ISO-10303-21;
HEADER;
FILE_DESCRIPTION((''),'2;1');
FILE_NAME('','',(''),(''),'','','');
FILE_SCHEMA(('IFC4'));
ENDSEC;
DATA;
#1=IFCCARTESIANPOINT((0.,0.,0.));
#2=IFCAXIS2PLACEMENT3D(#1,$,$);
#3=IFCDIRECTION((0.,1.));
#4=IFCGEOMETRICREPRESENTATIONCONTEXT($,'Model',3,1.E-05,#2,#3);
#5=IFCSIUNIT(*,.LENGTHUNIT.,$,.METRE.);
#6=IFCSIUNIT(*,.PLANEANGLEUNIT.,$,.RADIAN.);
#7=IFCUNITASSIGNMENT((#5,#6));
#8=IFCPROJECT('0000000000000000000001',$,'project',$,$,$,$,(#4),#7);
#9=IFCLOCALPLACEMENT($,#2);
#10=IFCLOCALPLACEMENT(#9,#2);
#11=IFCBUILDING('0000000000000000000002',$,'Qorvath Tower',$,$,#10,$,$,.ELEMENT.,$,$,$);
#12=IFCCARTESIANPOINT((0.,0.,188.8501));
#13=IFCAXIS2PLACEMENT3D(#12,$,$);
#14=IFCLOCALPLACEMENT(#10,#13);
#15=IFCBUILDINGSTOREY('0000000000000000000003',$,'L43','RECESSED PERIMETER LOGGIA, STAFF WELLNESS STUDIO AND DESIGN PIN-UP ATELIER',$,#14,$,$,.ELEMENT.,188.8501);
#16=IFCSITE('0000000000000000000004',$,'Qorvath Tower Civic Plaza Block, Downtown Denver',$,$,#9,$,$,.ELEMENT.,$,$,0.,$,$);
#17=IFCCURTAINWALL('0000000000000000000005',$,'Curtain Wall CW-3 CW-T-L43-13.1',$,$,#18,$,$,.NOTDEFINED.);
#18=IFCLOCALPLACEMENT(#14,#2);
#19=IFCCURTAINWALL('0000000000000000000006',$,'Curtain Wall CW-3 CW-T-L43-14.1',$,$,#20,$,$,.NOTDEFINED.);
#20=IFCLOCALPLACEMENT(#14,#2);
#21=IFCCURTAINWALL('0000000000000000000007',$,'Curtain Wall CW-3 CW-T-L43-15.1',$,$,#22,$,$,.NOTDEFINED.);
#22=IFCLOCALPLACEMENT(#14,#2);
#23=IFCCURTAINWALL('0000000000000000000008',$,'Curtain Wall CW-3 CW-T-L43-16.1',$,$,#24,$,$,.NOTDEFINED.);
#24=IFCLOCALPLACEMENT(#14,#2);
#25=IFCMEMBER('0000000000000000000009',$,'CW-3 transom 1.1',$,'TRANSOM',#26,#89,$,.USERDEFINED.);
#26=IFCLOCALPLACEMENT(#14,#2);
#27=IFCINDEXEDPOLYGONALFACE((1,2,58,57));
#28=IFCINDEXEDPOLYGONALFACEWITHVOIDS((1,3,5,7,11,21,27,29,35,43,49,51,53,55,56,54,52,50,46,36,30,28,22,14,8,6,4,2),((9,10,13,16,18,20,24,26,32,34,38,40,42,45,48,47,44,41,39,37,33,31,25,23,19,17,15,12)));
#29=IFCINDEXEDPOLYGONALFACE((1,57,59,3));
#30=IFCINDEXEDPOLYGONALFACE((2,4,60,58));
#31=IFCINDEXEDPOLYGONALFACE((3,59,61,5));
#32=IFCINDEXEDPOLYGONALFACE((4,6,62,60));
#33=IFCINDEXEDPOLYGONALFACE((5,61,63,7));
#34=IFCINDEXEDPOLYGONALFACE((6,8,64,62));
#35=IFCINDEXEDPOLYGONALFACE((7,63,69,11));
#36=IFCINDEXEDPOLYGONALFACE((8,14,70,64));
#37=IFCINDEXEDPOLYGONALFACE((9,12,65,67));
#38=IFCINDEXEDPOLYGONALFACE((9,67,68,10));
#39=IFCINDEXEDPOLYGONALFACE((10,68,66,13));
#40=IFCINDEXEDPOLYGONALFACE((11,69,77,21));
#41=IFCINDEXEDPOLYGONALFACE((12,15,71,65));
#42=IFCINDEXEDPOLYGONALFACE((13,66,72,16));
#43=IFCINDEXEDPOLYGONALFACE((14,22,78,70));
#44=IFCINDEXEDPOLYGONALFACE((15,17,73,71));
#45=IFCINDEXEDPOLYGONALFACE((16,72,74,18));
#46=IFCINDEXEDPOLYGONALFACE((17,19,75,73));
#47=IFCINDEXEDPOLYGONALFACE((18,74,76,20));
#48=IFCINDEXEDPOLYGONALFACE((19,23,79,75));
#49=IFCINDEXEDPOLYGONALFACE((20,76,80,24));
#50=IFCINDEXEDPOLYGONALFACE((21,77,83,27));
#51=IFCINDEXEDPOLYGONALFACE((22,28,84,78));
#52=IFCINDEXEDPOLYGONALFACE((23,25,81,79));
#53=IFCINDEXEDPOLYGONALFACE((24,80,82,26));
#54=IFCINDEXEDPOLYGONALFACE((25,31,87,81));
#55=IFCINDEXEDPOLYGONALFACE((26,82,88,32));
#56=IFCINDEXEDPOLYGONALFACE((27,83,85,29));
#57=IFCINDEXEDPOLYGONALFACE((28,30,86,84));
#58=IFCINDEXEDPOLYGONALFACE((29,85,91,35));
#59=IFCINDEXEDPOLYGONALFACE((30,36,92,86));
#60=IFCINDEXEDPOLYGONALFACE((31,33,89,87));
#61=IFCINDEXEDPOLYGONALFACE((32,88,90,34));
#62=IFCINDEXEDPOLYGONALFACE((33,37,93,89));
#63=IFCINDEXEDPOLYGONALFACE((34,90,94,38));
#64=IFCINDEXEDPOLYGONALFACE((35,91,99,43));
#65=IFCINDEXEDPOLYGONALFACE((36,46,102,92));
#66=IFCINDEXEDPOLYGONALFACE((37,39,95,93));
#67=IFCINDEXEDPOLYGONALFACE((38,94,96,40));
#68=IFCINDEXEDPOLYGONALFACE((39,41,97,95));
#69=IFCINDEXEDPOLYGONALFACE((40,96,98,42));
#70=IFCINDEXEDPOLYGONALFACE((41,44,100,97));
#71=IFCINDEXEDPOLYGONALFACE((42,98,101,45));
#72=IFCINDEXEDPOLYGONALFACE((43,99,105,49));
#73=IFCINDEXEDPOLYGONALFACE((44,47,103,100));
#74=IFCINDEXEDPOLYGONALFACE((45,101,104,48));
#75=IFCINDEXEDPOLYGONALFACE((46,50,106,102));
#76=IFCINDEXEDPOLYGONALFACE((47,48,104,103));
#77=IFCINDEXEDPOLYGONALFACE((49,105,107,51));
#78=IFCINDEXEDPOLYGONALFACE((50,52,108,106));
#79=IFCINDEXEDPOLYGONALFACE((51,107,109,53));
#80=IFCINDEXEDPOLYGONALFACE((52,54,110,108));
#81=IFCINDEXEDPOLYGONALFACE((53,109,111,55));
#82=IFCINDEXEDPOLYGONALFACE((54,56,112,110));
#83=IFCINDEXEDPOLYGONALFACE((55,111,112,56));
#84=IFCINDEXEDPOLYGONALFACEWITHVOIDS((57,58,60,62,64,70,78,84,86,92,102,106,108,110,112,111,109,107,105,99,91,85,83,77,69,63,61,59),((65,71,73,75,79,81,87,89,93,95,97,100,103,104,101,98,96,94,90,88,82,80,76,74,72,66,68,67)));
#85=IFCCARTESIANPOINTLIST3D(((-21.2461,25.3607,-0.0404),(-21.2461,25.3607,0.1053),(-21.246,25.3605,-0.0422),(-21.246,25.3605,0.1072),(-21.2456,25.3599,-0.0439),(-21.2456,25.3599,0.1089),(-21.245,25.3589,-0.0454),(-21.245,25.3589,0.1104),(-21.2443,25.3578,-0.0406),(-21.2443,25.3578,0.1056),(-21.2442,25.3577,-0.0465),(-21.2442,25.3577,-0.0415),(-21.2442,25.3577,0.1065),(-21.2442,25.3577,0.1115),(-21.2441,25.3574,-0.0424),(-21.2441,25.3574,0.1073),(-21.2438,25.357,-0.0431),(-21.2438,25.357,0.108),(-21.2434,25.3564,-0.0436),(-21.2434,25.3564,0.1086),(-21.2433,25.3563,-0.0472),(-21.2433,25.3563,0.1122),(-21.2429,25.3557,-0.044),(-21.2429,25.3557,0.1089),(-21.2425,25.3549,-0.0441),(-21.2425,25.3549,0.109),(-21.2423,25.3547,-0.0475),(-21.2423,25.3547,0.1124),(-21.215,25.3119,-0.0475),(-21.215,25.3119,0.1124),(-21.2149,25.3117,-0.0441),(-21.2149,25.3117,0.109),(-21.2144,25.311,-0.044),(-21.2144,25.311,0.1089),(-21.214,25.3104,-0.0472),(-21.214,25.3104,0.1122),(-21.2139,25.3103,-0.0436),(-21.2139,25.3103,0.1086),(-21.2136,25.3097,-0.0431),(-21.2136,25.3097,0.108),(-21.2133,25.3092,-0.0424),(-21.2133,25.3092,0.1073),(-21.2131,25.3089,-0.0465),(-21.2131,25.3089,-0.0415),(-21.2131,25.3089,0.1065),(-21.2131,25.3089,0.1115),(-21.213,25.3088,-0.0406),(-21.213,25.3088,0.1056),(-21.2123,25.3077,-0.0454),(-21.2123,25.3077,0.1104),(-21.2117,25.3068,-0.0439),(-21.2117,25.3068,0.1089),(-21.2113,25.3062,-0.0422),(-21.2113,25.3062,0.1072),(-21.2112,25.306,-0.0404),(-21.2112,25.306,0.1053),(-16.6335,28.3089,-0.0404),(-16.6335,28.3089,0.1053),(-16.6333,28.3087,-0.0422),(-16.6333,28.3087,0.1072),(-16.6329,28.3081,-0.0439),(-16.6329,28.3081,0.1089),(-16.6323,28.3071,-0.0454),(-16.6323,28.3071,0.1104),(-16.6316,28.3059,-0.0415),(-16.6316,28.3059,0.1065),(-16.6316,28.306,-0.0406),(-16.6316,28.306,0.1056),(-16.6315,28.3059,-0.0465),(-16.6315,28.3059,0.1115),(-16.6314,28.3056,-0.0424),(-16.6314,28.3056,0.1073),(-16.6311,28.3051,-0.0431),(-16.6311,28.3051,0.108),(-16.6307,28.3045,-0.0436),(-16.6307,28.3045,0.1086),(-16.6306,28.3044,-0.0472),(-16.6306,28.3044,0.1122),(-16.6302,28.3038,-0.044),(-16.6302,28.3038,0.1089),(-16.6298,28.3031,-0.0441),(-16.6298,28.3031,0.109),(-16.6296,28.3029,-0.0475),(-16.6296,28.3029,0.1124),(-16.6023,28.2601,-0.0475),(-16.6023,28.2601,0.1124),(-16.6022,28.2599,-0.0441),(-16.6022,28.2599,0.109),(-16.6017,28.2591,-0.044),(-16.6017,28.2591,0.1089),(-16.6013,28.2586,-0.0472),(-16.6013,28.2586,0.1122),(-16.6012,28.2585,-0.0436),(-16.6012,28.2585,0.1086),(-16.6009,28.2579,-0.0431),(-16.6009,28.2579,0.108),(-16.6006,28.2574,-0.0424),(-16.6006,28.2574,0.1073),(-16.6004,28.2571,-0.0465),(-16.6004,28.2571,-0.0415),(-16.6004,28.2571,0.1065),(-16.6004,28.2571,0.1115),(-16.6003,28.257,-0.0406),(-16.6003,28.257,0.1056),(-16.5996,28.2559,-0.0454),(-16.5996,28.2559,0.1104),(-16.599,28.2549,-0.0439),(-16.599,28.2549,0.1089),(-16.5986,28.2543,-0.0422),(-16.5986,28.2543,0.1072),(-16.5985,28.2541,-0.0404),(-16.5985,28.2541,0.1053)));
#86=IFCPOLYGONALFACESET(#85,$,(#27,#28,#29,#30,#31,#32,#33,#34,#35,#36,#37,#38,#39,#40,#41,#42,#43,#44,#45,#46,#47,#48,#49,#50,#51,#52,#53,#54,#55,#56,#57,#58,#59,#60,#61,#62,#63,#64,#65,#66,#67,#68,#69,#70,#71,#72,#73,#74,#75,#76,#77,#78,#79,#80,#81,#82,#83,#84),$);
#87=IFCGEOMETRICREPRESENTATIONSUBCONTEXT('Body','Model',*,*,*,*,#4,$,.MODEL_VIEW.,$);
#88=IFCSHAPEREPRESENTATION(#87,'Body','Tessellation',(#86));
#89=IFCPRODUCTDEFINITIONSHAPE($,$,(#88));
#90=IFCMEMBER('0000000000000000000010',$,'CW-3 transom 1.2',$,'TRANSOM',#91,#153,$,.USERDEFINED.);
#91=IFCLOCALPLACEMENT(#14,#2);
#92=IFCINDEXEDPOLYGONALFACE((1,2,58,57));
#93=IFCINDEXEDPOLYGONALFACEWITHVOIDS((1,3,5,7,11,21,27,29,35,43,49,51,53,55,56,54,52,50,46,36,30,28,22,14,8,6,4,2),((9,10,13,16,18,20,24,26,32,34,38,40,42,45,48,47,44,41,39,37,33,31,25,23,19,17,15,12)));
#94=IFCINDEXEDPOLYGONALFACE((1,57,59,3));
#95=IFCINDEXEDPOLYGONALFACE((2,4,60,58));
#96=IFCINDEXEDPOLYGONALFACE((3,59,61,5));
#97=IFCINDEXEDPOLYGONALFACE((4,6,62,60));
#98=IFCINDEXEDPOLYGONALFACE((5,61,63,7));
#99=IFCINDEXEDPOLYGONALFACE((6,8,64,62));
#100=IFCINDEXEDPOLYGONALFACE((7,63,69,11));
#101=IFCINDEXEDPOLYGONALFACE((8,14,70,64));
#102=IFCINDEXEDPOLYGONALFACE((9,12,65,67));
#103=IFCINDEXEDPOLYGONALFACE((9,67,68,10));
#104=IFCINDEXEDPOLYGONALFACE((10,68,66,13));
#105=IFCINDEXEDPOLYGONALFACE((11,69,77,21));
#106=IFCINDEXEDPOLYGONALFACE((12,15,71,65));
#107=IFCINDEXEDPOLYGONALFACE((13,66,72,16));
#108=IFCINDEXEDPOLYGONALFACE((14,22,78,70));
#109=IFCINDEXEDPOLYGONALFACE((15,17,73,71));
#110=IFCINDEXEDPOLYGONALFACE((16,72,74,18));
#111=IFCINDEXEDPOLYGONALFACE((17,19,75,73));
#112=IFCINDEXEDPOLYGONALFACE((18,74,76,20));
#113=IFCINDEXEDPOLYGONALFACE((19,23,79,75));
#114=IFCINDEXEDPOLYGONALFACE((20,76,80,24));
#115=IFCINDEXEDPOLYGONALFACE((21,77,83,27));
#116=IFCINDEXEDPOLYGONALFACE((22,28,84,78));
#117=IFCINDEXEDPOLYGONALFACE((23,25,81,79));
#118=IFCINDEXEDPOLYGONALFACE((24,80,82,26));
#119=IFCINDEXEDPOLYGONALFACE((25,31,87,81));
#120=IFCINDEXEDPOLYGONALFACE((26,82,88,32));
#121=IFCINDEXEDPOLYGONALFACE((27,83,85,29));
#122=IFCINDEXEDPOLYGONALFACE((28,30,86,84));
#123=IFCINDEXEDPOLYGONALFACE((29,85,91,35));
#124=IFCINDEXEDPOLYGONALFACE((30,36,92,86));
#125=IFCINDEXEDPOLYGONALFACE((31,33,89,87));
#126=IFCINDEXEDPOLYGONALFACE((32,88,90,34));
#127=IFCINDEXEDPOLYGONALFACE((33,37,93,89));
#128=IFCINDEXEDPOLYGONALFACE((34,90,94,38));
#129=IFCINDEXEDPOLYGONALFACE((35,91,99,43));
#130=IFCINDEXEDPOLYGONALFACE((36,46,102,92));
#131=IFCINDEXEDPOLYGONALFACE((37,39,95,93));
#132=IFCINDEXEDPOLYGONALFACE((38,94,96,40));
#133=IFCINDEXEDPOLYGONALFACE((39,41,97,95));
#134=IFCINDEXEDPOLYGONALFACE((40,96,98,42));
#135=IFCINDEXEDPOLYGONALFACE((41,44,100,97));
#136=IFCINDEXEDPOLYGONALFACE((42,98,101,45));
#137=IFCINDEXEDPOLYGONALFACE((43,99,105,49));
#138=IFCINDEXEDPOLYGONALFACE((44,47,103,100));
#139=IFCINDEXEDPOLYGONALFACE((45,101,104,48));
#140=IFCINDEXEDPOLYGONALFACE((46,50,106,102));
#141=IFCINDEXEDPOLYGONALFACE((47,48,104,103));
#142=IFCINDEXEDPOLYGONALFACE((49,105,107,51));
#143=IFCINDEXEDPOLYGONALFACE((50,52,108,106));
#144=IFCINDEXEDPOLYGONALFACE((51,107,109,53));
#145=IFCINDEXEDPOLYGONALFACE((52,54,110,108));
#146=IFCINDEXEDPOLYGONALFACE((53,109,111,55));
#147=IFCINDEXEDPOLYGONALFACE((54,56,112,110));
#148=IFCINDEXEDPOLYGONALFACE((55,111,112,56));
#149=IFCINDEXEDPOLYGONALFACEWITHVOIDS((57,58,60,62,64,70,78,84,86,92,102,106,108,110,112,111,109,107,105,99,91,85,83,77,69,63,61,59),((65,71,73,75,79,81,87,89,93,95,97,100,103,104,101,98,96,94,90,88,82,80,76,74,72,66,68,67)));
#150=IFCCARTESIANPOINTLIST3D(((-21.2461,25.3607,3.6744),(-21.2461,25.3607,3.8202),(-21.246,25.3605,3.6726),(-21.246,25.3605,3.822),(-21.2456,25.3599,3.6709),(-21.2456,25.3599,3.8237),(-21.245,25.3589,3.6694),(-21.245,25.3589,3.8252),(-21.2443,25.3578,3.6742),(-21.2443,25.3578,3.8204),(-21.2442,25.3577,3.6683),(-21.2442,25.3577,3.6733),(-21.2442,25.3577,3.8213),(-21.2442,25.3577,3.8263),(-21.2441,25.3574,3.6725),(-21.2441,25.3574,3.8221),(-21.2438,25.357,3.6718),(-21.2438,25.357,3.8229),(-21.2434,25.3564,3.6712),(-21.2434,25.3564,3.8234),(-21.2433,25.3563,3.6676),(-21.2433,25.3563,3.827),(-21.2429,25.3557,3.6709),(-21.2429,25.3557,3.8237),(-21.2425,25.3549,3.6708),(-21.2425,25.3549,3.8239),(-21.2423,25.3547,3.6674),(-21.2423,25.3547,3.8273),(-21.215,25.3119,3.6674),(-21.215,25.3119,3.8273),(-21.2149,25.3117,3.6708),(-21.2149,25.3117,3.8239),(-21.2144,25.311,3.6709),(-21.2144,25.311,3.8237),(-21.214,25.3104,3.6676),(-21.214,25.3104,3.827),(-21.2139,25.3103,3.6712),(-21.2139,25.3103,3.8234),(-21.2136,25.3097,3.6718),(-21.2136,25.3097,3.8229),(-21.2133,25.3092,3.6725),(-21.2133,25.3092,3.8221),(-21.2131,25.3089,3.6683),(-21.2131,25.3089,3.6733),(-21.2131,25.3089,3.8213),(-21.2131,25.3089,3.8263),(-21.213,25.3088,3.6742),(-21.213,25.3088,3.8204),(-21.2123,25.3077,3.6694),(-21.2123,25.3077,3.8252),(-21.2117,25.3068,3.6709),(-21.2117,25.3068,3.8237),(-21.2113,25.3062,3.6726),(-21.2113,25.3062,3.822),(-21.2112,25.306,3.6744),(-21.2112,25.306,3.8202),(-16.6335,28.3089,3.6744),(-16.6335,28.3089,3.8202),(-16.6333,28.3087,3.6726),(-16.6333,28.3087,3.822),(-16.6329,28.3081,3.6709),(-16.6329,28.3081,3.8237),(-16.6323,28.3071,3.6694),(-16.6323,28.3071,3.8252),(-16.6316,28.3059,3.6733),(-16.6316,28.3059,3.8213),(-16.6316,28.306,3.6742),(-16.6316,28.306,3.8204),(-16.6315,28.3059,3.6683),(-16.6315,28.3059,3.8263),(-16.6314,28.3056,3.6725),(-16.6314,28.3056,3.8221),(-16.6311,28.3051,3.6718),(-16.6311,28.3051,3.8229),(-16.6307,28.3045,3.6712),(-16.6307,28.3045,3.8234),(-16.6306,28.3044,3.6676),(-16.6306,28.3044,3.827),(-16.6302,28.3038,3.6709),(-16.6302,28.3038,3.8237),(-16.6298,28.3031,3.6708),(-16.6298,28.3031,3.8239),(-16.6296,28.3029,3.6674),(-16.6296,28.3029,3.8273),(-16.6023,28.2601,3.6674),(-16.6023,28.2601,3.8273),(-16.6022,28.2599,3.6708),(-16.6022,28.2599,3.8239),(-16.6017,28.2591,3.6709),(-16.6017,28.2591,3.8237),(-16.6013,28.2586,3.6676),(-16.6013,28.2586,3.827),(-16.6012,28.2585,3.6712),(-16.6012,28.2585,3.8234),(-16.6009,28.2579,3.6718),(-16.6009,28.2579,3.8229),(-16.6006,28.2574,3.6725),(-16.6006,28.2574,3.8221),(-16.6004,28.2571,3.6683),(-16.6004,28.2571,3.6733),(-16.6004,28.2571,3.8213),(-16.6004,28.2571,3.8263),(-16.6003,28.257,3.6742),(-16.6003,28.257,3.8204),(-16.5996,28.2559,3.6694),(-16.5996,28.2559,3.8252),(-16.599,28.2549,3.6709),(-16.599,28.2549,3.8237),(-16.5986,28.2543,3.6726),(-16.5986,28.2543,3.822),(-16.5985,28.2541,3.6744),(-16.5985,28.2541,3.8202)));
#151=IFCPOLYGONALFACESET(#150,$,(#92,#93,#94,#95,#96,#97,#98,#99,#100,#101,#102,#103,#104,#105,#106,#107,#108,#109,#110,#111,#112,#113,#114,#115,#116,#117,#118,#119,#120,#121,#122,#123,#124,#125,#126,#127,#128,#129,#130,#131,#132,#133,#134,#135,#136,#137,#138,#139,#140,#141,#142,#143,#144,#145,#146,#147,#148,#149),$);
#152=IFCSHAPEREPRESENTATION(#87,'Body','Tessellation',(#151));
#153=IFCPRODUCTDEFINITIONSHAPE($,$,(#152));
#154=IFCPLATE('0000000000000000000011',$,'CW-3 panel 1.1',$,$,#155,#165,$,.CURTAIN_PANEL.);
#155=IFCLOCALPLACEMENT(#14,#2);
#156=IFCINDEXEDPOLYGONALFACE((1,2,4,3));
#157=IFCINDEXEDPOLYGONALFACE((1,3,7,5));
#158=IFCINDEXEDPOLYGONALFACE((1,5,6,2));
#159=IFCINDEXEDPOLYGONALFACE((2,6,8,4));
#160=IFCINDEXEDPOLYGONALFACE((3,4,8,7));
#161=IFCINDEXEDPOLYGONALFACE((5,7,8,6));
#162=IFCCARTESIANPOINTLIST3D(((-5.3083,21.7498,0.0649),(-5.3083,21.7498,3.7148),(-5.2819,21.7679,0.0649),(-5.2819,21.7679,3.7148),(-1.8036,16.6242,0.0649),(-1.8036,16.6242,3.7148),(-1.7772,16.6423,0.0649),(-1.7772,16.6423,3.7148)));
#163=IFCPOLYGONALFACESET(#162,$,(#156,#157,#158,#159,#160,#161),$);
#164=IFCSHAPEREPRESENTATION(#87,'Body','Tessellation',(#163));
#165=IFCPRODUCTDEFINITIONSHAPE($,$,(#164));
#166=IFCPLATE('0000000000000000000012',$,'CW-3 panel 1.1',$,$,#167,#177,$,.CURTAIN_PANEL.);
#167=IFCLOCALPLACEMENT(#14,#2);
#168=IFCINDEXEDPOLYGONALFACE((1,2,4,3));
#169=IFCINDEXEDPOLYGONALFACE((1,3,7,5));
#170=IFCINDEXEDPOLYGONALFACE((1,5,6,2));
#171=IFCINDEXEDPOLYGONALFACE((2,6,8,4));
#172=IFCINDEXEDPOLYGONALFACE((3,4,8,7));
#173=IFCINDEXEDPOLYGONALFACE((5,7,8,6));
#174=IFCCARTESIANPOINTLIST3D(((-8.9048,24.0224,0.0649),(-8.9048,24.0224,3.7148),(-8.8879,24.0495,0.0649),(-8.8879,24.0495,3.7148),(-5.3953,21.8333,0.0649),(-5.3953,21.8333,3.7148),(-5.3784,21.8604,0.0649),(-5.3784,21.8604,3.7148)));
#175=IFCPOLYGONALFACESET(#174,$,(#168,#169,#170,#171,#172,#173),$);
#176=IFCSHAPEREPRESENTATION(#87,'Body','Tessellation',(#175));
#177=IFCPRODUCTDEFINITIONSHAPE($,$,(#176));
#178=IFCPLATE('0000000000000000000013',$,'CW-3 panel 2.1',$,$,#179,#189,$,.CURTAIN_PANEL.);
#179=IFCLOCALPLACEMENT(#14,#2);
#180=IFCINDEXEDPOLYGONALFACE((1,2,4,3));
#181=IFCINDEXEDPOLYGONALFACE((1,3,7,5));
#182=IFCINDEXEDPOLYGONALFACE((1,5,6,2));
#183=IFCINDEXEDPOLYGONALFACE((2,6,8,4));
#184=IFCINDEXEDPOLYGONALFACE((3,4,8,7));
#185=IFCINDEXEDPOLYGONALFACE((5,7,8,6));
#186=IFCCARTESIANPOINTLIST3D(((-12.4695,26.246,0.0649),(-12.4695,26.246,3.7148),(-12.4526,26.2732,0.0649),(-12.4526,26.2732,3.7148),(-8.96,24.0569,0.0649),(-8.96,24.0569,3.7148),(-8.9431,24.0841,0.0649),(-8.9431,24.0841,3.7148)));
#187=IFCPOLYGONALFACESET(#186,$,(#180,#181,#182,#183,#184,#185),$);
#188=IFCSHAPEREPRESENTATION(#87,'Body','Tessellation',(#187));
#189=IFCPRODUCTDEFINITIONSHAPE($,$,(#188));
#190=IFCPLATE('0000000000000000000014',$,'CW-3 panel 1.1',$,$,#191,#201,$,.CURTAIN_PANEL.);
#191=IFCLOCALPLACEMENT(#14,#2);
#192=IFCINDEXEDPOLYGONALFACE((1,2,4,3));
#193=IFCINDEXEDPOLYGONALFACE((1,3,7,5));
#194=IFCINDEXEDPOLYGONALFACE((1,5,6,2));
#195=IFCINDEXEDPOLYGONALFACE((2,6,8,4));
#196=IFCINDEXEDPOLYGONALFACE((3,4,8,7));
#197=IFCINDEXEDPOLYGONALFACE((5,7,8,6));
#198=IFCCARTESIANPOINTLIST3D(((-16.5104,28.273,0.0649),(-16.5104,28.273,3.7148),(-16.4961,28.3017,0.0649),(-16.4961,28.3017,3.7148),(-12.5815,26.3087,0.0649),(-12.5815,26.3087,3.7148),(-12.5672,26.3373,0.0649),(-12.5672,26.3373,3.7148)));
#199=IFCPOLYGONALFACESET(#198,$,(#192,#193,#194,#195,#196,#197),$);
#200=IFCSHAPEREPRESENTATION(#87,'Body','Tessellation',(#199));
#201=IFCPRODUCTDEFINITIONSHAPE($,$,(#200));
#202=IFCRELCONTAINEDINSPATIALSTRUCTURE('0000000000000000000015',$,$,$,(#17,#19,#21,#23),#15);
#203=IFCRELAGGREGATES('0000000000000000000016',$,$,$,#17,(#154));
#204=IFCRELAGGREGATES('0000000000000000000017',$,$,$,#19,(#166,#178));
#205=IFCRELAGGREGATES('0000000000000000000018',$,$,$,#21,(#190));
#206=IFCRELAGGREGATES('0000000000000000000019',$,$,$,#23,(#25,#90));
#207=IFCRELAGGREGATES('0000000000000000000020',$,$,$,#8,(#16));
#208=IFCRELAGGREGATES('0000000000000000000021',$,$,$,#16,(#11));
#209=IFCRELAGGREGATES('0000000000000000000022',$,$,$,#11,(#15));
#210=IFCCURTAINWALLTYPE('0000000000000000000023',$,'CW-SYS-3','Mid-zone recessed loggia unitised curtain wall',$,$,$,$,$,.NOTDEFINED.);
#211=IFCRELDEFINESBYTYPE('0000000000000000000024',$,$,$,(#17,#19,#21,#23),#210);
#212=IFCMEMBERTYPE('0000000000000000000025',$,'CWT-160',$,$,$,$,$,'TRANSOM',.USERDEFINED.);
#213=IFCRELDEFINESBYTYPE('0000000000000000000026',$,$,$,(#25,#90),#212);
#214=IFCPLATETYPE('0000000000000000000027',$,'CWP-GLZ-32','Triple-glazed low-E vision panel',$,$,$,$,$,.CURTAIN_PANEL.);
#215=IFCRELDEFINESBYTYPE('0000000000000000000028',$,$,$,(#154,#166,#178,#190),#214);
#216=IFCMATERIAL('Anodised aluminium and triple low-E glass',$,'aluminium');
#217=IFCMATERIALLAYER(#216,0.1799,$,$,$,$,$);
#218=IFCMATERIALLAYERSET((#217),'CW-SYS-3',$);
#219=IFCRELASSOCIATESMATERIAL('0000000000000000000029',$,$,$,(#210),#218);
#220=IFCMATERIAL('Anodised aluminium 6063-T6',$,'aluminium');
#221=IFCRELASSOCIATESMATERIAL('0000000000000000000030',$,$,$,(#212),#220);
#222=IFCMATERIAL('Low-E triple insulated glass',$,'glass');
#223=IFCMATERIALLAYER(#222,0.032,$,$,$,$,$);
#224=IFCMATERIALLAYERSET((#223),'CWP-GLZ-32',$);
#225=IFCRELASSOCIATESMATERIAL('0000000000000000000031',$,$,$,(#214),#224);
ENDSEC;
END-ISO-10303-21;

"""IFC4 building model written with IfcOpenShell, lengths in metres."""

from ifc_helpers import new_model, si_unit, direction, frame, origin, origin_2d, place, context, subcontext, project, spatial, rectangle, hollow_rectangle, extrude, material, layer, layer_set, material_profile, profile_set, type_object, element, aggregate, save


model = new_model("IFC4")

# Units and contexts
model_context = context("Model", 3, precision=1e-05, world=origin(), true_north=direction((0.0, 1.0)))
body_context = subcontext(model_context, "Body", "Model", "MODEL_VIEW")
ifc_project = project(units=[si_unit("LENGTHUNIT", "METRE"), si_unit("PLANEANGLEUNIT", "RADIAN")], contexts=[model_context])

# Site, building, storey
site_placement = place(None, origin())
site = spatial("IfcSite", under=ifc_project, at=site_placement, Name="Qorvath Tower Civic Plaza Block, Downtown Denver", CompositionType="ELEMENT", RefElevation=0.0)
building_placement = place(site_placement, origin())
building = spatial("IfcBuilding", under=site, at=building_placement, Name="Qorvath Tower", CompositionType="ELEMENT")
storey_placement = place(building_placement, frame((0.0, 0.0, 188.8501)))
storey = spatial("IfcBuildingStorey", under=building, at=storey_placement, Name="L43", Description="RECESSED PERIMETER LOGGIA, STAFF WELLNESS STUDIO AND DESIGN PIN-UP ATELIER", CompositionType="ELEMENT", Elevation=188.8501)

# Shared definitions
ifc_material_1 = material(Name="Anodised aluminium and triple low-E glass", Category="aluminium")
ifc_layer_1 = layer(ifc_material_1, 0.1799)
ifc_layer_set_1 = layer_set([ifc_layer_1], Name="CW-SYS-3")
curtain_wall_type = type_object("IfcCurtainWallType", Name="CW-SYS-3", Description="Mid-zone recessed loggia unitised curtain wall", PredefinedType="NOTDEFINED", material=ifc_layer_set_1)

# Curtain walls
curtain_wall_1_placement = place(storey_placement, origin())
curtain_wall_1 = element("IfcCurtainWall", 1, at=curtain_wall_1_placement, inside=storey, type_object=curtain_wall_type, Name="Curtain Wall CW-3 CW-T-L43-13.1", PredefinedType="NOTDEFINED")
curtain_wall_2_placement = place(storey_placement, origin())
curtain_wall_2 = element("IfcCurtainWall", 2, at=curtain_wall_2_placement, inside=storey, type_object=curtain_wall_type, Name="Curtain Wall CW-3 CW-T-L43-14.1", PredefinedType="NOTDEFINED")
curtain_wall_3_placement = place(storey_placement, origin())
curtain_wall_3 = element("IfcCurtainWall", 3, at=curtain_wall_3_placement, inside=storey, type_object=curtain_wall_type, Name="Curtain Wall CW-3 CW-T-L43-15.1", PredefinedType="NOTDEFINED")

# Curtain wall
curtain_wall_4_placement = place(storey_placement, origin())
curtain_wall_4 = element("IfcCurtainWall", 4, at=curtain_wall_4_placement, inside=storey, type_object=curtain_wall_type, Name="Curtain Wall CW-3 CW-T-L43-16.1", PredefinedType="NOTDEFINED")

# Members
ifc_material_2 = material(Name="Anodised aluminium 6063-T6", Category="aluminium")
ifc_material_profile_1 = material_profile(ifc_material_2, hollow_rectangle(XDim=0.0649, YDim=0.1599, WallThickness=0.0034, InnerFilletRadius=0.0034, OuterFilletRadius=0.0071, at=origin_2d()), Name="CWT 160x65")
ifc_profile_set_1 = profile_set([ifc_material_profile_1], Name="Anodised aluminium 6063-T6")
member_type_1 = type_object("IfcMemberType", Name="CWT-160", ElementType="TRANSOM", PredefinedType="USERDEFINED", material=ifc_profile_set_1)
member_1_placement = place(storey_placement, frame((-16.616, 28.2815, 0.0325), z_axis=(-0.842598, -0.538542, 0.0), x_axis=(0.538542, -0.842598, 0.0)))
member_1 = element("IfcMember", 5, at=member_1_placement, type_object=member_type_1, Name="CW-3 transom 1.1", ObjectType="TRANSOM", PredefinedType="USERDEFINED", context=body_context, shape_type="SweptSolid", body=[
    extrude(hollow_rectangle(XDim=0.0649, YDim=0.1599, WallThickness=0.0034, InnerFilletRadius=0.0034, OuterFilletRadius=0.0071, at=origin_2d()), origin(), (0.0, 0.0, 1.0), 5.4744),
])
member_2_placement = place(storey_placement, frame((-16.616, 28.2815, 3.7473), z_axis=(-0.842598, -0.538542, 0.0), x_axis=(0.538542, -0.842598, 0.0)))
member_2 = element("IfcMember", 6, at=member_2_placement, type_object=member_type_1, Name="CW-3 transom 1.2", ObjectType="TRANSOM", PredefinedType="USERDEFINED", context=body_context, shape_type="SweptSolid", body=[
    extrude(hollow_rectangle(XDim=0.0649, YDim=0.1599, WallThickness=0.0034, InnerFilletRadius=0.0034, OuterFilletRadius=0.0071, at=origin_2d()), origin(), (0.0, 0.0, 1.0), 5.4744),
])

# Plates
ifc_material_3 = material(Name="Low-E triple insulated glass", Category="glass")
ifc_layer_2 = layer(ifc_material_3, 0.032)
ifc_layer_set_2 = layer_set([ifc_layer_2], Name="CWP-GLZ-32")
plate_type = type_object("IfcPlateType", Name="CWP-GLZ-32", Description="Triple-glazed low-E vision panel", PredefinedType="CURTAIN_PANEL", material=ifc_layer_set_2)
plate_1_placement = place(storey_placement, frame((-3.5427, 19.196, 0.0649), z_axis=(0.0, 0.0, 1.0), x_axis=(-0.564436, 0.825477, 0.0)))
plate_1 = element("IfcPlate", 7, at=plate_1_placement, type_object=plate_type, Name="CW-3 panel 1.1", PredefinedType="CURTAIN_PANEL", context=body_context, shape_type="SweptSolid", body=[
    extrude(rectangle(XDim=6.2092, YDim=0.032, at=origin_2d()), origin(), (0.0, 0.0, 1.0), 3.6499),
])
aggregate(curtain_wall_1, [plate_1])
plate_2_placement = place(storey_placement, frame((-7.1416, 22.9414, 0.0649), z_axis=(0.0, 0.0, 1.0), x_axis=(-0.848464, 0.529252, 0.0)))
plate_2 = element("IfcPlate", 8, at=plate_2_placement, type_object=plate_type, Name="CW-3 panel 1.1", PredefinedType="CURTAIN_PANEL", context=body_context, shape_type="SweptSolid", body=[
    extrude(rectangle(XDim=4.1362, YDim=0.032, at=origin_2d()), origin(), (0.0, 0.0, 1.0), 3.6499),
])
plate_3_placement = place(storey_placement, frame((-10.7063, 25.165, 0.0649), z_axis=(0.0, 0.0, 1.0), x_axis=(-0.848464, 0.529252, 0.0)))
plate_3 = element("IfcPlate", 9, at=plate_3_placement, type_object=plate_type, Name="CW-3 panel 2.1", PredefinedType="CURTAIN_PANEL", context=body_context, shape_type="SweptSolid", body=[
    extrude(rectangle(XDim=4.1362, YDim=0.032, at=origin_2d()), origin(), (0.0, 0.0, 1.0), 3.6499),
])
aggregate(curtain_wall_2, [plate_2, plate_3])
plate_4_placement = place(storey_placement, frame((-14.5388, 27.3052, 0.0649), z_axis=(0.0, 0.0, 1.0), x_axis=(-0.894436, 0.447196, 0.0)))
plate_4 = element("IfcPlate", 10, at=plate_4_placement, type_object=plate_type, Name="CW-3 panel 1.1", PredefinedType="CURTAIN_PANEL", context=body_context, shape_type="SweptSolid", body=[
    extrude(rectangle(XDim=4.3926, YDim=0.032, at=origin_2d()), origin(), (0.0, 0.0, 1.0), 3.6499),
])
aggregate(curtain_wall_3, [plate_4])
aggregate(curtain_wall_4, [member_1, member_2])

save(model, "model.ifc")
